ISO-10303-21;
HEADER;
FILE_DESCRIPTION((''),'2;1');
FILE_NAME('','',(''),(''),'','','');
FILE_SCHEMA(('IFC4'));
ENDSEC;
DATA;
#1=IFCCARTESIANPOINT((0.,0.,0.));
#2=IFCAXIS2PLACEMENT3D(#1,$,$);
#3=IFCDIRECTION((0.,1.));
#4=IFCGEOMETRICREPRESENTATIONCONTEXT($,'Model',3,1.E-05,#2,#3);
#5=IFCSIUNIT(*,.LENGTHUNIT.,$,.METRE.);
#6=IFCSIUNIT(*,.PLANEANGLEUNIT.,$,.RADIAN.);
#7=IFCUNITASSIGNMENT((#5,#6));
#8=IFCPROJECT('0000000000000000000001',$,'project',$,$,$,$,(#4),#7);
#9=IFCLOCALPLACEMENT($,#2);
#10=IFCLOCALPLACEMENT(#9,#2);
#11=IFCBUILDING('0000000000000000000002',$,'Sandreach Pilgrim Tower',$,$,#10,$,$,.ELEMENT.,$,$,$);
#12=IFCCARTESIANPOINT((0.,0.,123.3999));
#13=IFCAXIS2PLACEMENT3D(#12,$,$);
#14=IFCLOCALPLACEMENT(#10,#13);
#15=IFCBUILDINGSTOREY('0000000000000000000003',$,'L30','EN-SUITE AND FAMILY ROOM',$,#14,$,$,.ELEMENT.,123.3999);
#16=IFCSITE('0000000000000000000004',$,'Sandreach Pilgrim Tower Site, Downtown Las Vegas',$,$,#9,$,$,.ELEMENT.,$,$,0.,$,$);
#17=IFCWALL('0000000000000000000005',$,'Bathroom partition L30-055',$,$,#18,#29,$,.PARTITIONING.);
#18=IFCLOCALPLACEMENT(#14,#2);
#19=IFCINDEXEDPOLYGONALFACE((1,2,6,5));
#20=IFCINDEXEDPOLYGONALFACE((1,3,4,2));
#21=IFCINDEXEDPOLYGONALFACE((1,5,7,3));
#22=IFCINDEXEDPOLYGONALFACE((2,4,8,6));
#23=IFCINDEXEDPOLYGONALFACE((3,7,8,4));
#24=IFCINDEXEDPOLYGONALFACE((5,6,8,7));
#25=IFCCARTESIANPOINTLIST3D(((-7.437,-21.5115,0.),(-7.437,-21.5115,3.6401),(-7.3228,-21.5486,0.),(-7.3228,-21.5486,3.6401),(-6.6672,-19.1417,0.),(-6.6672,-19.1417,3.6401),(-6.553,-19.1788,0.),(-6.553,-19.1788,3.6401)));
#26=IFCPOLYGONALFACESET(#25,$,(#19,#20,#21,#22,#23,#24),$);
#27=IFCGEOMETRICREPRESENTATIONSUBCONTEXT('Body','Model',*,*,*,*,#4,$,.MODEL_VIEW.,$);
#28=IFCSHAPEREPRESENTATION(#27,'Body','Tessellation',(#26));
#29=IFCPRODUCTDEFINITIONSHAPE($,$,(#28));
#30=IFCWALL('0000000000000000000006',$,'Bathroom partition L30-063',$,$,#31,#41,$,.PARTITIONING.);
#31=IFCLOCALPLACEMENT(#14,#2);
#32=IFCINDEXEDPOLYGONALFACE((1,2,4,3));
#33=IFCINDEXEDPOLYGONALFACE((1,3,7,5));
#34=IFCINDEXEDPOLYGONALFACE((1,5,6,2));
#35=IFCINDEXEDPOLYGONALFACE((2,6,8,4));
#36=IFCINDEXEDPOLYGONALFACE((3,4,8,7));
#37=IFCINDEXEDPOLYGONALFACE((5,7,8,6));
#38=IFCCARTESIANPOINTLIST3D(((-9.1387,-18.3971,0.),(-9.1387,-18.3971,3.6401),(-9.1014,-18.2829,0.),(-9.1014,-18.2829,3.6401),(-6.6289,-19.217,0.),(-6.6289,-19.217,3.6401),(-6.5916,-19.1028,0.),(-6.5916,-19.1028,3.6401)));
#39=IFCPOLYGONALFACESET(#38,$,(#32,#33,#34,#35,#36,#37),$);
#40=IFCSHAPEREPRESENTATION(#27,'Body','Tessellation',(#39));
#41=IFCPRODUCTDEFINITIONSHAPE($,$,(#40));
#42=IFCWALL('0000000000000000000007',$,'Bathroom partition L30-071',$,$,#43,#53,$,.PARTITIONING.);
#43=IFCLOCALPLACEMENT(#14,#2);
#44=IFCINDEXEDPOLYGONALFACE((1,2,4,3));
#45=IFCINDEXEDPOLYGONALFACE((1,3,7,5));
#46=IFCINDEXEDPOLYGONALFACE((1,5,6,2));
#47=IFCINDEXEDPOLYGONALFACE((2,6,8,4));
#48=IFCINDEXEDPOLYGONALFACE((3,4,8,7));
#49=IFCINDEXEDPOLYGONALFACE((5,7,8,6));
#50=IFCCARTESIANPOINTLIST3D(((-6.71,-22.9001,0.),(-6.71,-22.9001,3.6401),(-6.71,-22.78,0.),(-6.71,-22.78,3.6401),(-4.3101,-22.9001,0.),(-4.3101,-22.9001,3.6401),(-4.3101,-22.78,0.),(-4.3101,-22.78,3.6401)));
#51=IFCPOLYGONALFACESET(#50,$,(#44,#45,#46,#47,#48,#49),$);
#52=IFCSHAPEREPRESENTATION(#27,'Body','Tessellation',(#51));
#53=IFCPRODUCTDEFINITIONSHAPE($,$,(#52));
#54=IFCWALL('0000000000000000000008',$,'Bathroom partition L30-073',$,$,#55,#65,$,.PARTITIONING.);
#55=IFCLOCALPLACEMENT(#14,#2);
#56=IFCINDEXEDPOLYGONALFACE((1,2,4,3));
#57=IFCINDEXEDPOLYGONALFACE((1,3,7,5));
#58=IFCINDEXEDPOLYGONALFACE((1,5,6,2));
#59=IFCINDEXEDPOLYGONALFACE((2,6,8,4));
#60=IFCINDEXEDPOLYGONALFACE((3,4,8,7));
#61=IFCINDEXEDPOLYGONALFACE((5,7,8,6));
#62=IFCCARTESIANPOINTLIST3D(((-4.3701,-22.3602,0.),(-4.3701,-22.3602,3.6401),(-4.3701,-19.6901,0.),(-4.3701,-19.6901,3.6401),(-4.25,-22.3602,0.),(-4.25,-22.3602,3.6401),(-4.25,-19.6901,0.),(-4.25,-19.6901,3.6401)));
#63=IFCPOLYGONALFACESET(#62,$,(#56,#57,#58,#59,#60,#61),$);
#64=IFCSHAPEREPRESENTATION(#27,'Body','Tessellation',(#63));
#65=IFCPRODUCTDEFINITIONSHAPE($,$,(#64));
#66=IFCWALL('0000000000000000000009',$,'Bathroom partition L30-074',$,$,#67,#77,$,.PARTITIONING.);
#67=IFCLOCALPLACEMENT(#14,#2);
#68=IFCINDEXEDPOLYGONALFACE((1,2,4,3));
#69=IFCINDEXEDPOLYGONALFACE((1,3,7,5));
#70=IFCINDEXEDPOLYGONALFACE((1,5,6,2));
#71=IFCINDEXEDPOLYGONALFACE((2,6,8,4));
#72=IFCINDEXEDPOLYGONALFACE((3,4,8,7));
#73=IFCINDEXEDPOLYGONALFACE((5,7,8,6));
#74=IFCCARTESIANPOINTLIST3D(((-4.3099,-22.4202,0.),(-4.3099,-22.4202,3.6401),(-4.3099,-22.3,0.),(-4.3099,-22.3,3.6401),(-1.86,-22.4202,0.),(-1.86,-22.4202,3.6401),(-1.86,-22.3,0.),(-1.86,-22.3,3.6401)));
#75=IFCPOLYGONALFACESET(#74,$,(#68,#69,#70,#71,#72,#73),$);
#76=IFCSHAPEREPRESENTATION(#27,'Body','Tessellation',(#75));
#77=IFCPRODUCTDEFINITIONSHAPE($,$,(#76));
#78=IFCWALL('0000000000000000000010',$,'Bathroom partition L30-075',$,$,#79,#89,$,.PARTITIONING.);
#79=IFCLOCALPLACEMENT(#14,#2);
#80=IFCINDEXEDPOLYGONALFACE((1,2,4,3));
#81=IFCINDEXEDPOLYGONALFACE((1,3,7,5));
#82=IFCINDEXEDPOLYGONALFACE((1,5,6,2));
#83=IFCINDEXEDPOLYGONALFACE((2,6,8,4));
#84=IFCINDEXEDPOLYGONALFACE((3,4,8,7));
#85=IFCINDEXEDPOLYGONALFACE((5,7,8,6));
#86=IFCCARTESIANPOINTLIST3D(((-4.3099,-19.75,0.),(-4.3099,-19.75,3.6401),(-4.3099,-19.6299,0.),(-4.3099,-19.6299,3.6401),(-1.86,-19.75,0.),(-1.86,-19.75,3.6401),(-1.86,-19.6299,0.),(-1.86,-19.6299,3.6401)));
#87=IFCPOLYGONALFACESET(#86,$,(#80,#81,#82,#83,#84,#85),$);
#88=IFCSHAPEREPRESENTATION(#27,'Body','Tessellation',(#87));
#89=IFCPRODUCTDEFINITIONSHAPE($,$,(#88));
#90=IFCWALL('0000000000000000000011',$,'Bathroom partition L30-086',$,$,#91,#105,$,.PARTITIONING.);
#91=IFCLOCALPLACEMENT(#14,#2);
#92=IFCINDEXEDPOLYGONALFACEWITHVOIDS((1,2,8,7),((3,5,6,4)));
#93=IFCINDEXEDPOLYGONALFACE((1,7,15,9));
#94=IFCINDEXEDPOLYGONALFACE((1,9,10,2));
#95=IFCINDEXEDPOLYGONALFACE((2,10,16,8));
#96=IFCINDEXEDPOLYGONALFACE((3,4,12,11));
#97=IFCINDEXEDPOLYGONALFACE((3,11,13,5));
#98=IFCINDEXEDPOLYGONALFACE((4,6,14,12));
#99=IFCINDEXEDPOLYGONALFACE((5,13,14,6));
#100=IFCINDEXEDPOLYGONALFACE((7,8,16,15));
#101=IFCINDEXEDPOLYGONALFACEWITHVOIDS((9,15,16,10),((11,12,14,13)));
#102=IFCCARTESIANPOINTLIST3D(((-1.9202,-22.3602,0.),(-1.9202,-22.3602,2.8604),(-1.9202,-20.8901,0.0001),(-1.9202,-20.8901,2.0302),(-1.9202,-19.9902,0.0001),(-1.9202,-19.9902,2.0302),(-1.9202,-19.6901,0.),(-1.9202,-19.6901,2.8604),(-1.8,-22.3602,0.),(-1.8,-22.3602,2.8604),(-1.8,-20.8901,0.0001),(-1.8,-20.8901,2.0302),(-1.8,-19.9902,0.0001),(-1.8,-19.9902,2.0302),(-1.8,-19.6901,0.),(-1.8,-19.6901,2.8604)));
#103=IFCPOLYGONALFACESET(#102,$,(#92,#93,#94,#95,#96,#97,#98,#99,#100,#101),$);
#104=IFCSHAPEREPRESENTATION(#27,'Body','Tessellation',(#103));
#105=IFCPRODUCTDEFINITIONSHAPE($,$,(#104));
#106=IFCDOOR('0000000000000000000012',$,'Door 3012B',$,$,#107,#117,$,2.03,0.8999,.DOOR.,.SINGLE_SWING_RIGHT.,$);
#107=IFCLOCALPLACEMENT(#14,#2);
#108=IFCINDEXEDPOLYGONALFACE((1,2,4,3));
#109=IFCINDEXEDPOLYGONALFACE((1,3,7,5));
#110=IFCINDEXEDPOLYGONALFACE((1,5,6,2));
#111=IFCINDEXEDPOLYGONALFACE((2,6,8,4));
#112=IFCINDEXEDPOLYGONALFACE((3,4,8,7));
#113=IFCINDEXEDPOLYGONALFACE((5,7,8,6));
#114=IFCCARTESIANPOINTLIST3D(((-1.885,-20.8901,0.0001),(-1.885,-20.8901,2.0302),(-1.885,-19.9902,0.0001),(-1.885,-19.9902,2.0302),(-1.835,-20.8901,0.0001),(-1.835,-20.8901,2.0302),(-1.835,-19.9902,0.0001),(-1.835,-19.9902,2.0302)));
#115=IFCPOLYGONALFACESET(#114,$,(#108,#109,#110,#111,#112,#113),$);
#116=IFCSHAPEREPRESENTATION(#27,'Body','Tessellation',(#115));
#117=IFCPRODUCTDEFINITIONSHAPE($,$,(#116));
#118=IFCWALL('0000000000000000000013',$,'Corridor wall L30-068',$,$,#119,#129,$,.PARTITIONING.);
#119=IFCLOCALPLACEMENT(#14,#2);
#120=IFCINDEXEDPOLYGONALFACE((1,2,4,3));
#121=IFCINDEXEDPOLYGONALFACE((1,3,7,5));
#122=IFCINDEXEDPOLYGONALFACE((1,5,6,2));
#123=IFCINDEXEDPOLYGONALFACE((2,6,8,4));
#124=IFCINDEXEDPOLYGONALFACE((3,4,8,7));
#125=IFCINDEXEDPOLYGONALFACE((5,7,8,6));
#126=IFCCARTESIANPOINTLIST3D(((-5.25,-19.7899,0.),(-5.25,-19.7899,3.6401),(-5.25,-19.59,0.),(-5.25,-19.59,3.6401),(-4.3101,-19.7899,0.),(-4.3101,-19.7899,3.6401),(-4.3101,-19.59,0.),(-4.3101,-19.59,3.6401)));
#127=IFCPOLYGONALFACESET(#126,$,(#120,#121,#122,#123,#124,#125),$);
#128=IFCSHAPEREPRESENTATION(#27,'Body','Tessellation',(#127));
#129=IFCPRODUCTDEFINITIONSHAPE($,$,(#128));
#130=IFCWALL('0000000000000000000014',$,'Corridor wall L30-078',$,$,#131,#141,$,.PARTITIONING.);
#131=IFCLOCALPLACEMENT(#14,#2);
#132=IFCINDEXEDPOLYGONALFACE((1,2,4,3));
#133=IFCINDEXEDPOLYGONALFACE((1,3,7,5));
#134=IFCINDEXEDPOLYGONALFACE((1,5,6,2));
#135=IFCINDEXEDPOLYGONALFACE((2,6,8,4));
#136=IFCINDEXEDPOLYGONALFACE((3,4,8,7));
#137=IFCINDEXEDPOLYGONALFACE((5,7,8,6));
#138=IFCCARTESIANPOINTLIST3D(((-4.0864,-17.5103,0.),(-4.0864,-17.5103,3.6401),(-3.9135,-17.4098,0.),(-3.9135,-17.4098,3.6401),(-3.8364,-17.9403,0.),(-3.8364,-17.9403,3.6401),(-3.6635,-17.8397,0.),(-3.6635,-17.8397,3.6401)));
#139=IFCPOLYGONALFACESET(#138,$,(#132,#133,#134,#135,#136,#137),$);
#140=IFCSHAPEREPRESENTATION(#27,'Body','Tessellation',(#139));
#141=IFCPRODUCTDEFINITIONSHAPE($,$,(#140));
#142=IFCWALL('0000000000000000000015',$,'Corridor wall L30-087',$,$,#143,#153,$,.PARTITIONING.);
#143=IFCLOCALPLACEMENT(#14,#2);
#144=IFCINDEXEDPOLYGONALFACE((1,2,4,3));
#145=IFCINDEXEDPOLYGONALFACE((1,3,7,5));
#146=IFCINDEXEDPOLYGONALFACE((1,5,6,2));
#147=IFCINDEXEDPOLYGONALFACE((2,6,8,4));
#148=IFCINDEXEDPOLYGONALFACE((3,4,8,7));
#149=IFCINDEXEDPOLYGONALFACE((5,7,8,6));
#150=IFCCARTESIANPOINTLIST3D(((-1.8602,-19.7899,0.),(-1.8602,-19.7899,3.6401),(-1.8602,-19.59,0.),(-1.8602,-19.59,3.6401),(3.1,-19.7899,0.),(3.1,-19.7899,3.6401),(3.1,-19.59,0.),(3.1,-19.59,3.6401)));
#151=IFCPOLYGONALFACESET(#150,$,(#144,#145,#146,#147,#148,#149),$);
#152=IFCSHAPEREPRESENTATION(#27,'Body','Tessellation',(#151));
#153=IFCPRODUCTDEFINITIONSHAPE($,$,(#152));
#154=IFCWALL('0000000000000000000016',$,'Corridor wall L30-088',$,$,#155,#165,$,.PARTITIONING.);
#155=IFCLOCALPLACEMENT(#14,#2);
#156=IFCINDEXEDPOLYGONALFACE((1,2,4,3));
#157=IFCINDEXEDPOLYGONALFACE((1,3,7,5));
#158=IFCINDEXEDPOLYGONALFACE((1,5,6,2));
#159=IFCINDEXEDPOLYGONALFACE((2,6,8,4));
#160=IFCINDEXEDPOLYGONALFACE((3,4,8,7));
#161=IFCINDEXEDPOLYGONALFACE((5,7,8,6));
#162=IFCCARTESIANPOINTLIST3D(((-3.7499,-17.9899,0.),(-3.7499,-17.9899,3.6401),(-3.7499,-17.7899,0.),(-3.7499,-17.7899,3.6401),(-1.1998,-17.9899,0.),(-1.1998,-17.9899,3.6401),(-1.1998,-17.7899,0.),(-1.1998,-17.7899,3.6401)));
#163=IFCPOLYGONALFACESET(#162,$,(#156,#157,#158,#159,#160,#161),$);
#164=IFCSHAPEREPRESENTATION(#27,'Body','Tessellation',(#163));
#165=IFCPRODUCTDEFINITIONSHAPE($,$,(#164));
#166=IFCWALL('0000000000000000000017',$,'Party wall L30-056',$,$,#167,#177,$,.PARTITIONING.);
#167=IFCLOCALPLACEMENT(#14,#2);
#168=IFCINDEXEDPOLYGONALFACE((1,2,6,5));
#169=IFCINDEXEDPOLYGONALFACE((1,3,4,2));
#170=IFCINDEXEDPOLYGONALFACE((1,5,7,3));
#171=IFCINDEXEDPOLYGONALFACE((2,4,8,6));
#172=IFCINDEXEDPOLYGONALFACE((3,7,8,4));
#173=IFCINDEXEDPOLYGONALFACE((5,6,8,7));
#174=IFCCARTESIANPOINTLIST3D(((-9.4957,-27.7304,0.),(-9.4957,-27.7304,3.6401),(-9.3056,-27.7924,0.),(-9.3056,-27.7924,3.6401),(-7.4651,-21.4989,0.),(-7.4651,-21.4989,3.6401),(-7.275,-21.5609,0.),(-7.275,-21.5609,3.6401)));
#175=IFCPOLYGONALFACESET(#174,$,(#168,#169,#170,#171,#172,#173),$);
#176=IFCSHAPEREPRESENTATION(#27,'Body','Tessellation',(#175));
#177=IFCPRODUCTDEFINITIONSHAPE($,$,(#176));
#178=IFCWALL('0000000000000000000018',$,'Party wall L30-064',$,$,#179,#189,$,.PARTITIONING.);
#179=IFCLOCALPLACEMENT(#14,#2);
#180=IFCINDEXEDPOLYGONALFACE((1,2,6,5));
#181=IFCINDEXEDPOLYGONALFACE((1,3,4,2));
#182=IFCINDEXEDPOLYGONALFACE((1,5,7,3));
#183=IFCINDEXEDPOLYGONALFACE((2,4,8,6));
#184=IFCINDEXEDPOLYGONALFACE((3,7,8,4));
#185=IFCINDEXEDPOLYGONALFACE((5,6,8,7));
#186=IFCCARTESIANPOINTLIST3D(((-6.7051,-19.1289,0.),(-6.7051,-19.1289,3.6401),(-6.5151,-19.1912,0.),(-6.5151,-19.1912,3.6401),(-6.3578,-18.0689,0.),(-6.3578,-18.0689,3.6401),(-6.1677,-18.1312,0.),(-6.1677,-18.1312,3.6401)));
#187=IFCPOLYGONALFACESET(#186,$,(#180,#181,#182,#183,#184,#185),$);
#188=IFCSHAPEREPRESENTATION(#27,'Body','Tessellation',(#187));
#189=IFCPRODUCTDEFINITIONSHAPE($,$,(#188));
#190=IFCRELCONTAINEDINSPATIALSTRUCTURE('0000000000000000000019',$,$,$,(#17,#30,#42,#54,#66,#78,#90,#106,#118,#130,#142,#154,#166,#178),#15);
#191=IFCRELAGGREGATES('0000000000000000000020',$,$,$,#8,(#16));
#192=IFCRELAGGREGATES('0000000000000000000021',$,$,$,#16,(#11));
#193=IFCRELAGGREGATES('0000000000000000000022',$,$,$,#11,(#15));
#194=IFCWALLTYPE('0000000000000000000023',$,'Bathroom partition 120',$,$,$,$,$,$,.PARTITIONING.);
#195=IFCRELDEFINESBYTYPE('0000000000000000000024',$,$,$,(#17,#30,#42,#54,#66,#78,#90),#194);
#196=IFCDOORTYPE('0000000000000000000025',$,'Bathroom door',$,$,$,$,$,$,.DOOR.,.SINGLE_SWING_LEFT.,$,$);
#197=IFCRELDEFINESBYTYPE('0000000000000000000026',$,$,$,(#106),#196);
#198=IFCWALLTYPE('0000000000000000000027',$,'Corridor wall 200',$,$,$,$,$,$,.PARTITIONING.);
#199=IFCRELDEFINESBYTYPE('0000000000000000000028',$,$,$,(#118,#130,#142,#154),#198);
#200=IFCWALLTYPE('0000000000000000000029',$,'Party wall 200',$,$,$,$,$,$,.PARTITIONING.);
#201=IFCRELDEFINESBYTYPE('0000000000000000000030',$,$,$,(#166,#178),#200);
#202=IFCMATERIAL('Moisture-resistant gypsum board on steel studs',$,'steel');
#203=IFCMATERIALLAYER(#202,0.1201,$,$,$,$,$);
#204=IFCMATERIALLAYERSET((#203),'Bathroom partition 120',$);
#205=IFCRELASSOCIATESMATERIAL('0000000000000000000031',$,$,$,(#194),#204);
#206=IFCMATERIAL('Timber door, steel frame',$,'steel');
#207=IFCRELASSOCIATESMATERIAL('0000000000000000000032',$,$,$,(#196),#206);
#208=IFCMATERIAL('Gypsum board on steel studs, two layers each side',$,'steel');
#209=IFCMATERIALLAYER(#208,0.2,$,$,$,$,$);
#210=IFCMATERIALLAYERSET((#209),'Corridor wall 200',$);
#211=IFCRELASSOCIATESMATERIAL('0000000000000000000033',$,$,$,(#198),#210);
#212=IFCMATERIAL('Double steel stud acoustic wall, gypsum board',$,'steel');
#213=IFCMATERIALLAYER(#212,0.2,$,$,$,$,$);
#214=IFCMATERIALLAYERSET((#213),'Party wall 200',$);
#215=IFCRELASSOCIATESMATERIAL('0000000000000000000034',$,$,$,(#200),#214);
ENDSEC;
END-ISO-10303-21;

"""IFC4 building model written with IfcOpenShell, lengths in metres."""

from ifc_helpers import new_model, si_unit, direction, frame, frame_2d, origin, place, context, subcontext, project, spatial, rectangle, extrude, material, layer, layer_set, type_object, element, fill, save


model = new_model("IFC4")

# Units and contexts
model_context = context("Model", 3, precision=1e-05, world=origin(), true_north=direction((0.0, 1.0)))
body_context = subcontext(model_context, "Body", "Model", "MODEL_VIEW")
ifc_project = project(units=[si_unit("LENGTHUNIT", "METRE"), si_unit("PLANEANGLEUNIT", "RADIAN")], contexts=[model_context])

# Site, building, storey
site_placement = place(None, origin())
site = spatial("IfcSite", under=ifc_project, at=site_placement, Name="Sandreach Pilgrim Tower Site, Downtown Las Vegas", CompositionType="ELEMENT", RefElevation=0.0)
building_placement = place(site_placement, origin())
building = spatial("IfcBuilding", under=site, at=building_placement, Name="Sandreach Pilgrim Tower", CompositionType="ELEMENT")
storey_placement = place(building_placement, frame((0.0, 0.0, 123.3999)))
storey = spatial("IfcBuildingStorey", under=building, at=storey_placement, Name="L30", Description="EN-SUITE AND FAMILY ROOM", CompositionType="ELEMENT", Elevation=123.3999)

# Walls
ifc_material_1 = material(Name="Moisture-resistant gypsum board on steel studs", Category="steel")
ifc_layer_1 = layer(ifc_material_1, 0.1201)
ifc_layer_set_1 = layer_set([ifc_layer_1], Name="Bathroom partition 120")
wall_type_1 = type_object("IfcWallType", Name="Bathroom partition 120", PredefinedType="PARTITIONING", material=ifc_layer_set_1)
wall_1_placement = place(storey_placement, frame((-7.3799, -21.53, 0.0), z_axis=(0.0, 0.0, 1.0), x_axis=(0.308929, 0.951085, 0.0)))
element("IfcWall", 1, at=wall_1_placement, inside=storey, type_object=wall_type_1, Name="Bathroom partition L30-055", PredefinedType="PARTITIONING", context=body_context, shape_type="SweptSolid", body=[
    extrude(rectangle(XDim=2.4917, YDim=0.1201, at=frame_2d((1.2458, 0.0))), origin(), (0.0, 0.0, 1.0), 3.6401),
])
wall_2_placement = place(storey_placement, frame((-6.6101, -19.1599, 0.0), z_axis=(0.0, 0.0, 1.0), x_axis=(-0.950571, 0.310508, 0.0)))
element("IfcWall", 2, at=wall_2_placement, inside=storey, type_object=wall_type_1, Name="Bathroom partition L30-063", PredefinedType="PARTITIONING", context=body_context, shape_type="SweptSolid", body=[
    extrude(rectangle(XDim=2.6404, YDim=0.1201, at=frame_2d((1.3203, 0.0))), origin(), (0.0, 0.0, 1.0), 3.6401),
])
wall_3_placement = place(storey_placement, frame((-4.3101, -22.8401, 0.0), z_axis=(0.0, 0.0, 1.0), x_axis=(-1.0, 0.0, 0.0)))
element("IfcWall", 3, at=wall_3_placement, inside=storey, type_object=wall_type_1, Name="Bathroom partition L30-071", PredefinedType="PARTITIONING", context=body_context, shape_type="SweptSolid", body=[
    extrude(rectangle(XDim=2.3999, YDim=0.1201, at=frame_2d((1.2, 0.0))), origin(), (0.0, 0.0, 1.0), 3.6401),
])
wall_4_placement = place(storey_placement, frame((-4.3101, -22.3601, 0.0), z_axis=(0.0, 0.0, 1.0), x_axis=(0.0, 1.0, 0.0)))
element("IfcWall", 4, at=wall_4_placement, inside=storey, type_object=wall_type_1, Name="Bathroom partition L30-073", PredefinedType="PARTITIONING", context=body_context, shape_type="SweptSolid", body=[
    extrude(rectangle(XDim=2.6702, YDim=0.1201, at=frame_2d((1.335, 0.0))), origin(), (0.0, 0.0, 1.0), 3.6401),
])
for number, where, z_axis, x_axis, name in (
    (5, (-4.3101, -22.3601, 0.0), (0.0, 0.0, 1.0), (1.0, 0.0, 0.0), "Bathroom partition L30-074"),
    (6, (-4.3101, -19.6899, 0.0), (0.0, 0.0, 1.0), (1.0, 0.0, 0.0), "Bathroom partition L30-075"),
):
    element("IfcWall", number, at=place(storey_placement, frame(where, z_axis=z_axis, x_axis=x_axis)), inside=storey, type_object=wall_type_1, Name=name, PredefinedType="PARTITIONING", context=body_context, shape_type="SweptSolid", body=[
        extrude(rectangle(XDim=2.45, YDim=0.1201, at=frame_2d((1.2251, 0.0))), origin(), (0.0, 0.0, 1.0), 3.6401),
    ])

# Wall, opening, door
wall_5_placement = place(storey_placement, frame((-1.8601, -22.3601, 0.0), z_axis=(0.0, 0.0, 1.0), x_axis=(0.0, 1.0, 0.0)))
wall_5 = element("IfcWall", 7, at=wall_5_placement, inside=storey, type_object=wall_type_1, Name="Bathroom partition L30-086", PredefinedType="PARTITIONING", context=body_context, shape_type="SweptSolid", body=[
    extrude(rectangle(XDim=2.6702, YDim=0.1201, at=frame_2d((1.335, 0.0))), origin(), (0.0, 0.0, 1.0), 2.8604),
])
opening_1_placement = place(wall_5_placement, frame((1.47, 0.0, 0.0)))
opening_1 = element("IfcOpeningElement", 8, at=opening_1_placement, cuts=wall_5, PredefinedType="OPENING", context=body_context, shape_type="SweptSolid", body=[
    extrude(rectangle(XDim=0.8999, YDim=2.03, at=frame_2d((0.45, 1.0151))), frame((0.0, 0.0601, 0.0), z_axis=(0.0, -1.0, 0.0), x_axis=(1.0, 0.0, 0.0)), (0.0, 0.0, 1.0), 0.1201),
])
ifc_material_2 = material(Name="Timber door, steel frame", Category="steel")
door_type_1 = type_object("IfcDoorType", Name="Bathroom door", OperationType="SINGLE_SWING_LEFT", PredefinedType="DOOR", material=ifc_material_2)
door_1_placement = place(opening_1_placement, origin())
door_1 = element("IfcDoor", 9, at=door_1_placement, inside=storey, type_object=door_type_1, Name="Door 3012B", OperationType="SINGLE_SWING_RIGHT", OverallHeight=2.03, OverallWidth=0.8999, PredefinedType="DOOR", context=body_context, shape_type="SweptSolid", body=[
    extrude(rectangle(XDim=0.8999, YDim=2.03, at=frame_2d((0.45, 1.0151))), frame((0.0, 0.0249, 0.0), z_axis=(0.0, -1.0, 0.0), x_axis=(1.0, 0.0, 0.0)), (0.0, 0.0, 1.0), 0.05),
])
fill(opening_1, door_1)
ifc_material_3 = material(Name="Gypsum board on steel studs, two layers each side", Category="steel")
ifc_layer_2 = layer(ifc_material_3, 0.2)
ifc_layer_set_2 = layer_set([ifc_layer_2], Name="Corridor wall 200")
wall_type_2 = type_object("IfcWallType", Name="Corridor wall 200", PredefinedType="PARTITIONING", material=ifc_layer_set_2)

# Wall
wall_6_placement = place(storey_placement, frame((-5.25, -19.6899, 0.0), z_axis=(0.0, 0.0, 1.0), x_axis=(1.0, 0.0, 0.0)))
element("IfcWall", 10, at=wall_6_placement, inside=storey, type_object=wall_type_2, Name="Corridor wall L30-068", PredefinedType="PARTITIONING", context=body_context, shape_type="SweptSolid", body=[
    extrude(rectangle(XDim=0.9399, YDim=0.2, at=frame_2d((0.47, 0.0))), origin(), (0.0, 0.0, 1.0), 3.6401),
])

# Walls
wall_7_placement = place(storey_placement, frame((-3.75, -17.8899, 0.0), z_axis=(0.0, 0.0, 1.0), x_axis=(-0.50268, 0.864472, 0.0)))
element("IfcWall", 11, at=wall_7_placement, inside=storey, type_object=wall_type_2, Name="Corridor wall L30-078", PredefinedType="PARTITIONING", context=body_context, shape_type="SweptSolid", body=[
    extrude(rectangle(XDim=0.4973, YDim=0.2, at=frame_2d((0.2485, 0.0))), origin(), (0.0, 0.0, 1.0), 3.6401),
])
wall_8_placement = place(storey_placement, frame((-1.8601, -19.6899, 0.0), z_axis=(0.0, 0.0, 1.0), x_axis=(1.0, 0.0, 0.0)))
element("IfcWall", 12, at=wall_8_placement, inside=storey, type_object=wall_type_2, Name="Corridor wall L30-087", PredefinedType="PARTITIONING", context=body_context, shape_type="SweptSolid", body=[
    extrude(rectangle(XDim=4.9602, YDim=0.2, at=frame_2d((2.48, 0.0))), origin(), (0.0, 0.0, 1.0), 3.6401),
])
wall_9_placement = place(storey_placement, frame((-1.2, -17.8899, 0.0), z_axis=(0.0, 0.0, 1.0), x_axis=(-1.0, 0.0, 0.0)))
element("IfcWall", 13, at=wall_9_placement, inside=storey, type_object=wall_type_2, Name="Corridor wall L30-088", PredefinedType="PARTITIONING", context=body_context, shape_type="SweptSolid", body=[
    extrude(rectangle(XDim=2.55, YDim=0.2, at=frame_2d((1.2749, 0.0))), origin(), (0.0, 0.0, 1.0), 3.6401),
])
ifc_material_4 = material(Name="Double steel stud acoustic wall, gypsum board", Category="steel")
ifc_layer_3 = layer(ifc_material_4, 0.2)
ifc_layer_set_3 = layer_set([ifc_layer_3], Name="Party wall 200")
wall_type_3 = type_object("IfcWallType", Name="Party wall 200", PredefinedType="PARTITIONING", material=ifc_layer_set_3)
wall_10_placement = place(storey_placement, frame((-7.3701, -21.53, 0.0), z_axis=(0.0, 0.0, 1.0), x_axis=(-0.309817, -0.950796, 0.0)))
element("IfcWall", 14, at=wall_10_placement, inside=storey, type_object=wall_type_3, Name="Party wall L30-056", PredefinedType="PARTITIONING", context=body_context, shape_type="SweptSolid", body=[
    extrude(rectangle(XDim=6.554, YDim=0.2, at=frame_2d((3.2769, 0.0))), origin(), (0.0, 0.0, 1.0), 3.6401),
])
wall_11_placement = place(storey_placement, frame((-6.6101, -19.1599, 0.0), z_axis=(0.0, 0.0, 1.0), x_axis=(0.311431, 0.950269, 0.0)))
element("IfcWall", 15, at=wall_11_placement, inside=storey, type_object=wall_type_3, Name="Party wall L30-064", PredefinedType="PARTITIONING", context=body_context, shape_type="SweptSolid", body=[
    extrude(rectangle(XDim=1.1155, YDim=0.2, at=frame_2d((0.5576, 0.0))), origin(), (0.0, 0.0, 1.0), 3.6401),
])

save(model, "model.ifc")
